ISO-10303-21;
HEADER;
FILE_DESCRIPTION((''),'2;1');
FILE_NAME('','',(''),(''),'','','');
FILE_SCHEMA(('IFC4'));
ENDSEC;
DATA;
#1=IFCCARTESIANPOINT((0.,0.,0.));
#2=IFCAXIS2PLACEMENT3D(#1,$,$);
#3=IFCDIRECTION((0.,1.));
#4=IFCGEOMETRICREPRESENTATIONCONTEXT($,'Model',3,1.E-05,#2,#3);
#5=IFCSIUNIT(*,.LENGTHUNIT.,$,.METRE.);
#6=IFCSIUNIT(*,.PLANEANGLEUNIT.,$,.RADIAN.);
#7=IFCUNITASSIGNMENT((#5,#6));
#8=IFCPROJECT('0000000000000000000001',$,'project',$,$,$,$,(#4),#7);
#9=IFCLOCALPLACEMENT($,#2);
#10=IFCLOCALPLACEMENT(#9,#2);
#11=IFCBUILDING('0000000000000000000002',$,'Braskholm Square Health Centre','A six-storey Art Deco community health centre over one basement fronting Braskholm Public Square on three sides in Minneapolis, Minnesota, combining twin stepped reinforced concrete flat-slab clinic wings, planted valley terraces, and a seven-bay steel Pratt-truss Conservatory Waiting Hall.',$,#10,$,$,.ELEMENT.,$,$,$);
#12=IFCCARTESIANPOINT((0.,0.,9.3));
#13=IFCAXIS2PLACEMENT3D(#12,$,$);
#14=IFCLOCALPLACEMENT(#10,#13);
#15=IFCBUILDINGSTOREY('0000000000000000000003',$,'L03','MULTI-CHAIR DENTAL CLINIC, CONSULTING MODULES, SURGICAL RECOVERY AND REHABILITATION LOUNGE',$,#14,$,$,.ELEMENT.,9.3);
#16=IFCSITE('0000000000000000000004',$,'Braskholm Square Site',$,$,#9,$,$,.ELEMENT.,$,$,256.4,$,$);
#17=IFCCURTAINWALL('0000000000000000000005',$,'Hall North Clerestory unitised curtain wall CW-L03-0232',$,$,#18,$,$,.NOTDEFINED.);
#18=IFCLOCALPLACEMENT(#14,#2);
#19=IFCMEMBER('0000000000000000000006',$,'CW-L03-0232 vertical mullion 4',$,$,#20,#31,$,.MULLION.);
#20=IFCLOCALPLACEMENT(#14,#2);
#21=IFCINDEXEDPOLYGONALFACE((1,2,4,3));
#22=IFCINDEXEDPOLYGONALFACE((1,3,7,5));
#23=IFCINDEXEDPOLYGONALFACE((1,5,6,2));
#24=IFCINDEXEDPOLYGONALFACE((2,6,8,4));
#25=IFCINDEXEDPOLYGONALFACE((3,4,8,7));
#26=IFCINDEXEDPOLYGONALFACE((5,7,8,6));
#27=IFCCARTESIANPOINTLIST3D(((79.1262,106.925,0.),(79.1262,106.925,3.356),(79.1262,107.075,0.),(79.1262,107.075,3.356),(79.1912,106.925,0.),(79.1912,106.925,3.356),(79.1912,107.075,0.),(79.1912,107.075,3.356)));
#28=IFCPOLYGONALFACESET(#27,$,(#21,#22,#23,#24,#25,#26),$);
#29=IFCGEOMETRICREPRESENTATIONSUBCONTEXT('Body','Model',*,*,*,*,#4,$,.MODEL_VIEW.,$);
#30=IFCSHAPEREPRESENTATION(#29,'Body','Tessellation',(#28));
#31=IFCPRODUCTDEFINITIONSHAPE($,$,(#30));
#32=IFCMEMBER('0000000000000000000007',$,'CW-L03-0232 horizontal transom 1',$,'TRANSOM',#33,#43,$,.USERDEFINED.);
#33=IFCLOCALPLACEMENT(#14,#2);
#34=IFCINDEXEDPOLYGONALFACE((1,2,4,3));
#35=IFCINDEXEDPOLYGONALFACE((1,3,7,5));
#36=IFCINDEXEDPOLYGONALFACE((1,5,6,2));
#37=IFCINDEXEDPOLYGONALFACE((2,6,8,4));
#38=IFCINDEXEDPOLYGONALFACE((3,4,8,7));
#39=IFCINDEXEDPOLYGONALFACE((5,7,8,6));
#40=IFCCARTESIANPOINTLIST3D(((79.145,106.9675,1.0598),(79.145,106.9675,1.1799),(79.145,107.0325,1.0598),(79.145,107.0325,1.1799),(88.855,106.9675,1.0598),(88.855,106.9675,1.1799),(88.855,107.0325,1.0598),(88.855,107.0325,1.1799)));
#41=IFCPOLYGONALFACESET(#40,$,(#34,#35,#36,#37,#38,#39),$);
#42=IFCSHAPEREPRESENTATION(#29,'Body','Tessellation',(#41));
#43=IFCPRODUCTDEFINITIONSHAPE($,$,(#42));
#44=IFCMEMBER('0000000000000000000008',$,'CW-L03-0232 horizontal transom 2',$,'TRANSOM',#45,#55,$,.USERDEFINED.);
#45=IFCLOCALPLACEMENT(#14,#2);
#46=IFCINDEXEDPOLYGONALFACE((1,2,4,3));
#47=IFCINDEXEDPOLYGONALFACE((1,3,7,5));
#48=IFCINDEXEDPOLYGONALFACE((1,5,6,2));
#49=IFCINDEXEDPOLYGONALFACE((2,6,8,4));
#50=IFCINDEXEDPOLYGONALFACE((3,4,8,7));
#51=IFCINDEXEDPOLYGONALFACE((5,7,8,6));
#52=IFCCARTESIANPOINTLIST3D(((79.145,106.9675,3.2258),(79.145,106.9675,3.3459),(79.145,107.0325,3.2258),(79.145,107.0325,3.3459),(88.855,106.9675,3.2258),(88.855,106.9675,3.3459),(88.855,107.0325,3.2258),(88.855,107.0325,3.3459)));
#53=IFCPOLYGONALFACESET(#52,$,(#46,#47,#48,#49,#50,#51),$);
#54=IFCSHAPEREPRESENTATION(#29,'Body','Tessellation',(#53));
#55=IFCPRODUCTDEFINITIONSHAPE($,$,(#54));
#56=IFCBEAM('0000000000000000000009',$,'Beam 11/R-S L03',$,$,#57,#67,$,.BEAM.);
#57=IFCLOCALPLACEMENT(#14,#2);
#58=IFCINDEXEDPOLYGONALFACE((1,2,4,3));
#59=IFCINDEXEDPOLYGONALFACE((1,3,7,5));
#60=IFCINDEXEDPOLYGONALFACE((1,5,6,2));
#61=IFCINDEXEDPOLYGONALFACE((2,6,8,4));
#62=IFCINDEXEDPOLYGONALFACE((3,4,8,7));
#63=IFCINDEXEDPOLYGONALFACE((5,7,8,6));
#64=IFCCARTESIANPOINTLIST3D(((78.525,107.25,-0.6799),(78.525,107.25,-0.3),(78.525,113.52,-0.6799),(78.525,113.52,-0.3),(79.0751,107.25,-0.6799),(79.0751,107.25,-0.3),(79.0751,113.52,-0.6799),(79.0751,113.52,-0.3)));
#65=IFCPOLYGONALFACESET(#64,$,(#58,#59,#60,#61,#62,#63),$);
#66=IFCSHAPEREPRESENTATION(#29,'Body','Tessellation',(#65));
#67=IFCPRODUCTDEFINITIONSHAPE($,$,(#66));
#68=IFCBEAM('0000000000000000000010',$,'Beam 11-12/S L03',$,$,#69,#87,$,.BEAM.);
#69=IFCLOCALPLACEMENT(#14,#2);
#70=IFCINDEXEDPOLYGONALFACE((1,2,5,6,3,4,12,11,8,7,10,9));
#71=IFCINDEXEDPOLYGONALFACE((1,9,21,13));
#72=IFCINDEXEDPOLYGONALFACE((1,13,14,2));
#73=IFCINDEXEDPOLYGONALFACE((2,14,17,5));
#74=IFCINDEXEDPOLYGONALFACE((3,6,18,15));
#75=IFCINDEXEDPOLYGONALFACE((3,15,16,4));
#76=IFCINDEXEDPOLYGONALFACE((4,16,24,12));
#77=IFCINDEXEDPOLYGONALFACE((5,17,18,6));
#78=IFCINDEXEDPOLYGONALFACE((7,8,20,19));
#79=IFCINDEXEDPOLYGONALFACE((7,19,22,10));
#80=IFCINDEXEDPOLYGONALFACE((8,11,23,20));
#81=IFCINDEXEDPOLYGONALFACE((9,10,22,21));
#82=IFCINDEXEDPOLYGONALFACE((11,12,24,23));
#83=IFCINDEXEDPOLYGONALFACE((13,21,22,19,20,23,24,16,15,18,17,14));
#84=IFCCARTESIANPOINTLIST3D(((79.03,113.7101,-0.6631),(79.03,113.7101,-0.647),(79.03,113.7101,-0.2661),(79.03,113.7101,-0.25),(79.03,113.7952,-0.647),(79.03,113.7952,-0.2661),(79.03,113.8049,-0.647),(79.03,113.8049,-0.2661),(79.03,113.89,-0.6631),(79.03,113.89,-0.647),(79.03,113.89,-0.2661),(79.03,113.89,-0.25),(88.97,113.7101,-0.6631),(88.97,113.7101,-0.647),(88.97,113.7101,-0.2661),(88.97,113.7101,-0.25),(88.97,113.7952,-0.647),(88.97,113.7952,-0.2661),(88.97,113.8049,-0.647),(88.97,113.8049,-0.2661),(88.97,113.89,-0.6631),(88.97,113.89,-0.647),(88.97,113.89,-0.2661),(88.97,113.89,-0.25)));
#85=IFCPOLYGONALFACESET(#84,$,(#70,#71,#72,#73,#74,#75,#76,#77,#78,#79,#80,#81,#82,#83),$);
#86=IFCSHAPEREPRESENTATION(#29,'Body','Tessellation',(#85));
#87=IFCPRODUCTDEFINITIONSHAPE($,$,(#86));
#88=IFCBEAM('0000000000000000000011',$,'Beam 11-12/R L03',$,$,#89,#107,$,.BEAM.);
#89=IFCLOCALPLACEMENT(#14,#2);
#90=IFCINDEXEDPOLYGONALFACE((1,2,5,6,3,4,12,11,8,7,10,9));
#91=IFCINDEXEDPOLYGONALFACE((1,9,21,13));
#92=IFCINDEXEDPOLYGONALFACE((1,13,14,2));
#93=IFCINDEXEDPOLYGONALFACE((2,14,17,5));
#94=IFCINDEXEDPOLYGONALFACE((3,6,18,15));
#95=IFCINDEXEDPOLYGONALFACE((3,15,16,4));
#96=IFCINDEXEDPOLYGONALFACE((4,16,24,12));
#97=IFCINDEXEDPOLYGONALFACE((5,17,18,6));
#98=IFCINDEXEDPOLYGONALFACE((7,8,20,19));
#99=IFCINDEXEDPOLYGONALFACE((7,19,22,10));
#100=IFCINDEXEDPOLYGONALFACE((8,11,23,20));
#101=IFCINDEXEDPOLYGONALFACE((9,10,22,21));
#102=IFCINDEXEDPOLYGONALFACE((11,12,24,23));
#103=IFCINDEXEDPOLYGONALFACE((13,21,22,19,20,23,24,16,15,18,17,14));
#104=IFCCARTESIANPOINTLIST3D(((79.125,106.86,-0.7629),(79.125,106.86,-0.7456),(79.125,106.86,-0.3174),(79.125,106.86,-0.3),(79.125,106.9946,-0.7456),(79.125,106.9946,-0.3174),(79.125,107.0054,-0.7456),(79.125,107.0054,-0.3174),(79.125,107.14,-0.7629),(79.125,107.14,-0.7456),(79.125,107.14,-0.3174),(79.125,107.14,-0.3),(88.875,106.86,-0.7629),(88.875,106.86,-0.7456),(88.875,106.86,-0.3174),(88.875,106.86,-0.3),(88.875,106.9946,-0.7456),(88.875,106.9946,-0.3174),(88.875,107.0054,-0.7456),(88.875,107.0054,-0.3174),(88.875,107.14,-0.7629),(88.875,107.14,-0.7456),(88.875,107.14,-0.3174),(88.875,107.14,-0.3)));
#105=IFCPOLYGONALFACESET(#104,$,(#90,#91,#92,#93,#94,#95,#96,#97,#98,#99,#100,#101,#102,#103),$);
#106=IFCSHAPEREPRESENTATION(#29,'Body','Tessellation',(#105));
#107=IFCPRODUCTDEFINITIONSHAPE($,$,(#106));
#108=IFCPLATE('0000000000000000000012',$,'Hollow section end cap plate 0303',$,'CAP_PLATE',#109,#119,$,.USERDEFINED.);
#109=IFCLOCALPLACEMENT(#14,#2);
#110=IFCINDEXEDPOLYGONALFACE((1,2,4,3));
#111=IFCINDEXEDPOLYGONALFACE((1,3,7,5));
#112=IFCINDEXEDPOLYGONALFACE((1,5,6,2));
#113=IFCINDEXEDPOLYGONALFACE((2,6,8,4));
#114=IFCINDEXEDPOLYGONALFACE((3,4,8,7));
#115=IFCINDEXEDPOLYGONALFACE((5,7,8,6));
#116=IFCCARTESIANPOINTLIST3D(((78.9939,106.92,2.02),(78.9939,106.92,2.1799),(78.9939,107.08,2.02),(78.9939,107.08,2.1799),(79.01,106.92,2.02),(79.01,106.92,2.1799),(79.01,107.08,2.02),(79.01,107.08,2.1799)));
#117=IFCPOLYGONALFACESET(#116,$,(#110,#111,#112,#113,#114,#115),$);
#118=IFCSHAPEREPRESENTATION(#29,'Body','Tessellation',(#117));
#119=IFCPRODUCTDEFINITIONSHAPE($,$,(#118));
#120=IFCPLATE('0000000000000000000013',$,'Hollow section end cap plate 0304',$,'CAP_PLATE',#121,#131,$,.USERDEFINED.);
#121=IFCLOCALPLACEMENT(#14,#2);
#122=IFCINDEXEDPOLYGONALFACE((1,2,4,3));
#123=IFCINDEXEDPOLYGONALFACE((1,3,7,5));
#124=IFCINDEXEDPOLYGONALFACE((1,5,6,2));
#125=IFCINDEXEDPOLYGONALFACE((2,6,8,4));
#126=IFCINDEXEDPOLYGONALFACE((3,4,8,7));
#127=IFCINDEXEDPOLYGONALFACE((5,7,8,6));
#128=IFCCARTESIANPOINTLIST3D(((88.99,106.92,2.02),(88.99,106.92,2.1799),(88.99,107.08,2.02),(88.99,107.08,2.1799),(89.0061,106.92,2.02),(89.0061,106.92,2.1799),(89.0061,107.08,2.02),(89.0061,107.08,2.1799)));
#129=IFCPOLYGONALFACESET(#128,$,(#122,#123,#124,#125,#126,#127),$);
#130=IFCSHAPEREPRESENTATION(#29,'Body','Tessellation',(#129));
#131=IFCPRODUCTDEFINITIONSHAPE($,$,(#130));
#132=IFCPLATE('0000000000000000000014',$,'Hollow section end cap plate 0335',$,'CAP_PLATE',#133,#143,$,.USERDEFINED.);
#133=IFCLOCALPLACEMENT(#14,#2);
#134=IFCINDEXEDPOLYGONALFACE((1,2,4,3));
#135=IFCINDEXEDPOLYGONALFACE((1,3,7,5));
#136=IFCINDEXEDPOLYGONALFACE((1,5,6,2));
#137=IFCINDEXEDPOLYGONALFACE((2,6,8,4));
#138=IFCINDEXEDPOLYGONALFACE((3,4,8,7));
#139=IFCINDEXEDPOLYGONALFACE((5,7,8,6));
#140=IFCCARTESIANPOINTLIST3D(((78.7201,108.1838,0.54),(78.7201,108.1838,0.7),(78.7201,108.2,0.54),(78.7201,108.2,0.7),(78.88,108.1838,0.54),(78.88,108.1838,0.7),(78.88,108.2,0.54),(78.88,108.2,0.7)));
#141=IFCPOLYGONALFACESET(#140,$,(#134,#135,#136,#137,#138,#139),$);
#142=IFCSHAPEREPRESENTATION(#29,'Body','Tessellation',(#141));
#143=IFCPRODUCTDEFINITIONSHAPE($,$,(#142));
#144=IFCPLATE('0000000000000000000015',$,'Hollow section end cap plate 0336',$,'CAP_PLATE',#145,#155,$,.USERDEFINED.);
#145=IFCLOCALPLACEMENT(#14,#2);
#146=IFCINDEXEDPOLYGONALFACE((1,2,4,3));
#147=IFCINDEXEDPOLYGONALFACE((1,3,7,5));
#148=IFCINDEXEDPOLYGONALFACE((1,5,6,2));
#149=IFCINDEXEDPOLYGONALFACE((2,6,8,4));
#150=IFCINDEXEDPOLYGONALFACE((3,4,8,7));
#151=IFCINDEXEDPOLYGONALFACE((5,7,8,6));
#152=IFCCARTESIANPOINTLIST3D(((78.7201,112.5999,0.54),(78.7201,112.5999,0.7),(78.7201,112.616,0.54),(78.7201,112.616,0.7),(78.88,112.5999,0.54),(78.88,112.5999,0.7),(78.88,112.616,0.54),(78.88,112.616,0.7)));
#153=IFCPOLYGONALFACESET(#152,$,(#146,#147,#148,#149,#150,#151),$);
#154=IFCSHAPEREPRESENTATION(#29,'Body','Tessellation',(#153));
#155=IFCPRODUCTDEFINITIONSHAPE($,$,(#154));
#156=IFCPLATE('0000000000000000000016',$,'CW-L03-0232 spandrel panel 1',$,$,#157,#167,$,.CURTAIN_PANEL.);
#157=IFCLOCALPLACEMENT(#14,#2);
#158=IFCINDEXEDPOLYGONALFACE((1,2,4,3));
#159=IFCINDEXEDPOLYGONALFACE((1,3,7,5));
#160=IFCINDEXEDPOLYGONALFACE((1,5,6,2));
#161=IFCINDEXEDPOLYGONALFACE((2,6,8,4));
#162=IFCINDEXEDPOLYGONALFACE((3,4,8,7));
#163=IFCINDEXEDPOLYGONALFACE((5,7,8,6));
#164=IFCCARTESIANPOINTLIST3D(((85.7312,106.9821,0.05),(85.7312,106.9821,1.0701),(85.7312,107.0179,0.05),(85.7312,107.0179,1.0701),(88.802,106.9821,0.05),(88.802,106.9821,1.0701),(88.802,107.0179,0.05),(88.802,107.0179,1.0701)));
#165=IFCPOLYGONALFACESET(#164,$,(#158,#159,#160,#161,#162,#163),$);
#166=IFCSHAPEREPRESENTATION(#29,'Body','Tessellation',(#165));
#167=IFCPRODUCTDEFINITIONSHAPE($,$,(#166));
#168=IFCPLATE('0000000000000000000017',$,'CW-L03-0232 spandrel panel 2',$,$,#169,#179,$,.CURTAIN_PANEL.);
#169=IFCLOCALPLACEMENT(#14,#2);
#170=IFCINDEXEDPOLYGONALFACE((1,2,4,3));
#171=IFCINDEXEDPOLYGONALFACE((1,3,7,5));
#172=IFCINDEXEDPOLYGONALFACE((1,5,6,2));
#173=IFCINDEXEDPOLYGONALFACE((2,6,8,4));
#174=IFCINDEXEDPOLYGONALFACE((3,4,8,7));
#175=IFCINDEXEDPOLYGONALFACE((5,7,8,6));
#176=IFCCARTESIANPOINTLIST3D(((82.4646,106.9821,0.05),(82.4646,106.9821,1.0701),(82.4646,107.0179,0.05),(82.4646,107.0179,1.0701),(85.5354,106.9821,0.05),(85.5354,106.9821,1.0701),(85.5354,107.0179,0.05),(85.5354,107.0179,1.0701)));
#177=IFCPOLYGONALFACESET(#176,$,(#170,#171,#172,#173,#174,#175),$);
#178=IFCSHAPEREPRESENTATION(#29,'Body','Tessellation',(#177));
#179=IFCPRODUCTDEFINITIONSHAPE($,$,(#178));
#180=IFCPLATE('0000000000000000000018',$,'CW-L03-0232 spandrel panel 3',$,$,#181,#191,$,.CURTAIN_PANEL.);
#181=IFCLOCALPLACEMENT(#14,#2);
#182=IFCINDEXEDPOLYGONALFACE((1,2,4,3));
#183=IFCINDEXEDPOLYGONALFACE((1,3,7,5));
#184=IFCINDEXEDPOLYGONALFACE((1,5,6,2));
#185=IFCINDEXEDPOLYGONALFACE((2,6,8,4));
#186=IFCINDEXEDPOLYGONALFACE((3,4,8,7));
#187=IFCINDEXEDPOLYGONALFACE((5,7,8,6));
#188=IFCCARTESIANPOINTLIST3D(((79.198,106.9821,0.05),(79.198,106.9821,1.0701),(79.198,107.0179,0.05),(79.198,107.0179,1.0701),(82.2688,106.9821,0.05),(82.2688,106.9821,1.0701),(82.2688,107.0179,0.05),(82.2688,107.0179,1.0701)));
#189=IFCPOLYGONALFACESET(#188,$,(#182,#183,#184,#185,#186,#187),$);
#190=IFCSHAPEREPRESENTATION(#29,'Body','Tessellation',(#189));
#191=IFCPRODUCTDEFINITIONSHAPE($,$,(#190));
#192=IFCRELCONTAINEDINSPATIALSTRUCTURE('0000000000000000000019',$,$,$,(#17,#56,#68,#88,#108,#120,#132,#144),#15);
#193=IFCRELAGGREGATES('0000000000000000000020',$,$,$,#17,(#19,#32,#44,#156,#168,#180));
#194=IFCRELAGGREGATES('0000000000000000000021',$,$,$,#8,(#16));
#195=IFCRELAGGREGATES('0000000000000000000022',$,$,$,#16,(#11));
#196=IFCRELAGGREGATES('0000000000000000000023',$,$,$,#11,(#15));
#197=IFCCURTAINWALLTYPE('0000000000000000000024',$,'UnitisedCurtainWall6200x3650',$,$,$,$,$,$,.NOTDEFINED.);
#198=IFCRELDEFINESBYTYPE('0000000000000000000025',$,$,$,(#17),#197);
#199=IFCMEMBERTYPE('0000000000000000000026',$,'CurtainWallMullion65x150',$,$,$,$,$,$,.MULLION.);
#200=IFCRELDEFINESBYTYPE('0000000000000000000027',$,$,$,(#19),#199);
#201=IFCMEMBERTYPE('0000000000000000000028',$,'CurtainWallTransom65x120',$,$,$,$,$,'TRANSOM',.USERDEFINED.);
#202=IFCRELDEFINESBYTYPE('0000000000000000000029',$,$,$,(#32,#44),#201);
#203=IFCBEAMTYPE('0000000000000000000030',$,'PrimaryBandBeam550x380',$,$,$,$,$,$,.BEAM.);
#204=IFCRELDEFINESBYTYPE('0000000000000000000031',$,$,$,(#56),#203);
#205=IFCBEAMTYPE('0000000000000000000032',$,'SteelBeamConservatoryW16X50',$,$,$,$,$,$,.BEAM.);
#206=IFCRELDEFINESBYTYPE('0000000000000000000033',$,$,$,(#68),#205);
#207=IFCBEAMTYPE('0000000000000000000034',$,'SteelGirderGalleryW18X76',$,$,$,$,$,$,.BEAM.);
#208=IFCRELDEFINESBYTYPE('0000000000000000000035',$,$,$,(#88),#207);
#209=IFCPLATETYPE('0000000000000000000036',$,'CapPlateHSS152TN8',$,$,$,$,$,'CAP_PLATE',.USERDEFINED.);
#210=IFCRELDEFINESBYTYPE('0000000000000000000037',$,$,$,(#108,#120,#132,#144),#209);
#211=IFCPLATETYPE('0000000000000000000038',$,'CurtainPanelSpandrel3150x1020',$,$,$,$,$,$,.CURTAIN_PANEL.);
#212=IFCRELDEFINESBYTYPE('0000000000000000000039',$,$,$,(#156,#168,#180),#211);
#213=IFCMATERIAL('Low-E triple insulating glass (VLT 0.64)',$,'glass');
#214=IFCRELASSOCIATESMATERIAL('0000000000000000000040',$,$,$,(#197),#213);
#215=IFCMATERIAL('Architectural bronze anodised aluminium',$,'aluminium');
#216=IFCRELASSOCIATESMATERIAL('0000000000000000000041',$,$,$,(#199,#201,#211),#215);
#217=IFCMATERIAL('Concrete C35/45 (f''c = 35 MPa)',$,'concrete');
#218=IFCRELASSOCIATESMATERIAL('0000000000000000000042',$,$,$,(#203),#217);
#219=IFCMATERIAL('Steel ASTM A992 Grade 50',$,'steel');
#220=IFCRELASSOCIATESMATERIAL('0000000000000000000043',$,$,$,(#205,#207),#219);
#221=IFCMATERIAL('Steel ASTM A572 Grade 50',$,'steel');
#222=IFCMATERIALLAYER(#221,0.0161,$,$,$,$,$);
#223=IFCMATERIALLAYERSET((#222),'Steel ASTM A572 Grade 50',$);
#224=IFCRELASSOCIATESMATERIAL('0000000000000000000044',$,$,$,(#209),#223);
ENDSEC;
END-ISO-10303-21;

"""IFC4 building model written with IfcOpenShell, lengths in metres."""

from ifc_helpers import new_model, si_unit, direction, frame, origin, origin_2d, place, context, subcontext, project, spatial, rectangle, i_section, extrude, material, layer, layer_set, material_profile, profile_set, type_object, element, aggregate, save


model = new_model("IFC4")

# Units and contexts
model_context = context("Model", 3, precision=1e-05, world=origin(), true_north=direction((0.0, 1.0)))
body_context = subcontext(model_context, "Body", "Model", "MODEL_VIEW")
ifc_project = project(units=[si_unit("LENGTHUNIT", "METRE"), si_unit("PLANEANGLEUNIT", "RADIAN")], contexts=[model_context])

# Site, building, storey
site_placement = place(None, origin())
site = spatial("IfcSite", under=ifc_project, at=site_placement, Name="Braskholm Square Site", CompositionType="ELEMENT", RefElevation=256.4)
building_placement = place(site_placement, origin())
building = spatial("IfcBuilding", under=site, at=building_placement, Name="Braskholm Square Health Centre", Description="A six-storey Art Deco community health centre over one basement fronting Braskholm Public Square on three sides in Minneapolis, Minnesota, combining twin stepped reinforced concrete flat-slab clinic wings, planted valley terraces, and a seven-bay steel Pratt-truss Conservatory Waiting Hall.", CompositionType="ELEMENT")
storey_placement = place(building_placement, frame((0.0, 0.0, 9.3)))
storey = spatial("IfcBuildingStorey", under=building, at=storey_placement, Name="L03", Description="MULTI-CHAIR DENTAL CLINIC, CONSULTING MODULES, SURGICAL RECOVERY AND REHABILITATION LOUNGE", CompositionType="ELEMENT", Elevation=9.3)

# Curtain wall, members
ifc_material_1 = material(Name="Low-E triple insulating glass (VLT 0.64)", Category="glass")
curtain_wall_type = type_object("IfcCurtainWallType", Name="UnitisedCurtainWall6200x3650", PredefinedType="NOTDEFINED", material=ifc_material_1)
curtain_wall_placement = place(storey_placement, origin())
curtain_wall = element("IfcCurtainWall", 1, at=curtain_wall_placement, inside=storey, type_object=curtain_wall_type, Name="Hall North Clerestory unitised curtain wall CW-L03-0232", PredefinedType="NOTDEFINED")
ifc_material_2 = material(Name="Architectural bronze anodised aluminium", Category="aluminium")
ifc_material_profile_1 = material_profile(ifc_material_2, rectangle(XDim=0.0649, YDim=0.1499, at=origin_2d()), Name="ALU-65X150")
ifc_profile_set_1 = profile_set([ifc_material_profile_1], Name="Architectural bronze anodised aluminium")
member_type_1 = type_object("IfcMemberType", Name="CurtainWallMullion65x150", PredefinedType="MULLION", material=ifc_profile_set_1)
member_1_placement = place(storey_placement, frame((79.1587, 107.0, 0.0), z_axis=(0.0, 0.0, 1.0), x_axis=(1.0, 0.0, 0.0)))
member_1 = element("IfcMember", 2, at=member_1_placement, type_object=member_type_1, Name="CW-L03-0232 vertical mullion 4", PredefinedType="MULLION", context=body_context, shape_type="SweptSolid", body=[
    extrude(rectangle(XDim=0.0649, YDim=0.1499, at=origin_2d()), origin(), (0.0, 0.0, 1.0), 3.356),
])
ifc_material_profile_2 = material_profile(ifc_material_2, rectangle(XDim=0.0649, YDim=0.1201, at=origin_2d()), Name="ALU-65X120")
ifc_profile_set_2 = profile_set([ifc_material_profile_2], Name="Architectural bronze anodised aluminium")
member_type_2 = type_object("IfcMemberType", Name="CurtainWallTransom65x120", ElementType="TRANSOM", PredefinedType="USERDEFINED", material=ifc_profile_set_2)
member_2_placement = place(storey_placement, frame((88.855, 107.0, 1.1199), z_axis=(-1.0, 0.0, 0.0), x_axis=(0.0, -1.0, 0.0)))
member_2 = element("IfcMember", 3, at=member_2_placement, type_object=member_type_2, Name="CW-L03-0232 horizontal transom 1", ObjectType="TRANSOM", PredefinedType="USERDEFINED", context=body_context, shape_type="SweptSolid", body=[
    extrude(rectangle(XDim=0.0649, YDim=0.1201, at=origin_2d()), origin(), (0.0, 0.0, 1.0), 9.71),
])
member_3_placement = place(storey_placement, frame((88.855, 107.0, 3.2859), z_axis=(-1.0, 0.0, 0.0), x_axis=(0.0, -1.0, 0.0)))
member_3 = element("IfcMember", 4, at=member_3_placement, type_object=member_type_2, Name="CW-L03-0232 horizontal transom 2", ObjectType="TRANSOM", PredefinedType="USERDEFINED", context=body_context, shape_type="SweptSolid", body=[
    extrude(rectangle(XDim=0.0649, YDim=0.1201, at=origin_2d()), origin(), (0.0, 0.0, 1.0), 9.71),
])

# Beams
ifc_material_3 = material(Name="Concrete C35/45 (f'c = 35 MPa)", Category="concrete")
ifc_material_profile_3 = material_profile(ifc_material_3, rectangle(XDim=0.55, YDim=0.3799, at=origin_2d()), Name="RCB-550X380")
ifc_profile_set_3 = profile_set([ifc_material_profile_3], Name="Concrete C35/45 (f'c = 35 MPa)")
beam_type_1 = type_object("IfcBeamType", Name="PrimaryBandBeam550x380", PredefinedType="BEAM", material=ifc_profile_set_3)
beam_1_placement = place(storey_placement, frame((78.8, 107.25, -0.49), z_axis=(0.0, 1.0, 0.0), x_axis=(-1.0, 0.0, 0.0)))
element("IfcBeam", 5, at=beam_1_placement, inside=storey, type_object=beam_type_1, Name="Beam 11/R-S L03", PredefinedType="BEAM", context=body_context, shape_type="SweptSolid", body=[
    extrude(rectangle(XDim=0.55, YDim=0.3799, at=origin_2d()), origin(), (0.0, 0.0, 1.0), 6.27),
])
ifc_material_4 = material(Name="Steel ASTM A992 Grade 50", Category="steel")
ifc_material_profile_4 = material_profile(ifc_material_4, i_section(OverallWidth=0.1799, OverallDepth=0.4131, WebThickness=0.0098, FlangeThickness=0.0161, at=origin_2d()), Name="W16X50")
ifc_profile_set_4 = profile_set([ifc_material_profile_4], Name="Steel ASTM A992 Grade 50")
beam_type_2 = type_object("IfcBeamType", Name="SteelBeamConservatoryW16X50", PredefinedType="BEAM", material=ifc_profile_set_4)
beam_2_placement = place(storey_placement, frame((79.03, 113.8, -0.4565), z_axis=(1.0, 0.0, 0.0), x_axis=(0.0, 1.0, 0.0)))
element("IfcBeam", 6, at=beam_2_placement, inside=storey, type_object=beam_type_2, Name="Beam 11-12/S L03", PredefinedType="BEAM", context=body_context, shape_type="SweptSolid", body=[
    extrude(i_section(OverallWidth=0.1799, OverallDepth=0.4131, WebThickness=0.0098, FlangeThickness=0.0161, at=origin_2d()), origin(), (0.0, 0.0, 1.0), 9.9399),
])
ifc_material_profile_5 = material_profile(ifc_material_4, i_section(OverallWidth=0.28, OverallDepth=0.4629, WebThickness=0.0107, FlangeThickness=0.0173, at=origin_2d()), Name="W18X76")
ifc_profile_set_5 = profile_set([ifc_material_profile_5], Name="Steel ASTM A992 Grade 50")
beam_type_3 = type_object("IfcBeamType", Name="SteelGirderGalleryW18X76", PredefinedType="BEAM", material=ifc_profile_set_5)
beam_3_placement = place(storey_placement, frame((79.125, 107.0, -0.5315), z_axis=(1.0, 0.0, 0.0), x_axis=(0.0, 1.0, 0.0)))
element("IfcBeam", 7, at=beam_3_placement, inside=storey, type_object=beam_type_3, Name="Beam 11-12/R L03", PredefinedType="BEAM", context=body_context, shape_type="SweptSolid", body=[
    extrude(i_section(OverallWidth=0.28, OverallDepth=0.4629, WebThickness=0.0107, FlangeThickness=0.0173, at=origin_2d()), origin(), (0.0, 0.0, 1.0), 9.75),
])

# Plates
ifc_material_5 = material(Name="Steel ASTM A572 Grade 50", Category="steel")
ifc_layer_1 = layer(ifc_material_5, 0.0161)
ifc_layer_set_1 = layer_set([ifc_layer_1], Name="Steel ASTM A572 Grade 50")
plate_type_1 = type_object("IfcPlateType", Name="CapPlateHSS152TN8", ElementType="CAP_PLATE", PredefinedType="USERDEFINED", material=ifc_layer_set_1)
for number, where, z_axis, x_axis, name in (
    (8, (79.002, 107.0, 2.02), (0.0, 0.0, 1.0), (1.0, 0.0, 0.0), "Hollow section end cap plate 0303"),
    (9, (88.998, 107.0, 2.02), (0.0, 0.0, 1.0), (1.0, 0.0, 0.0), "Hollow section end cap plate 0304"),
    (10, (78.8, 108.1919, 0.54), (0.0, 0.0, 1.0), (0.0, 1.0, 0.0), "Hollow section end cap plate 0335"),
    (11, (78.8, 112.6079, 0.54), (0.0, 0.0, 1.0), (0.0, 1.0, 0.0), "Hollow section end cap plate 0336"),
):
    element("IfcPlate", number, at=place(storey_placement, frame(where, z_axis=z_axis, x_axis=x_axis)), inside=storey, type_object=plate_type_1, Name=name, ObjectType="CAP_PLATE", PredefinedType="USERDEFINED", context=body_context, shape_type="SweptSolid", body=[
        extrude(rectangle(XDim=0.0161, YDim=0.1599, at=origin_2d()), origin(), (0.0, 0.0, 1.0), 0.1599),
    ])

# Plates
plate_type_2 = type_object("IfcPlateType", Name="CurtainPanelSpandrel3150x1020", PredefinedType="CURTAIN_PANEL", material=ifc_material_2)
plate_1_placement = place(storey_placement, frame((87.2666, 107.0, 0.05), z_axis=(0.0, 0.0, 1.0), x_axis=(-1.0, 0.0, 0.0)))
plate_1 = element("IfcPlate", 12, at=plate_1_placement, type_object=plate_type_2, Name="CW-L03-0232 spandrel panel 1", PredefinedType="CURTAIN_PANEL", context=body_context, shape_type="SweptSolid", body=[
    extrude(rectangle(XDim=3.0708, YDim=0.0359, at=origin_2d()), origin(), (0.0, 0.0, 1.0), 1.02),
])
plate_2_placement = place(storey_placement, frame((84.0, 107.0, 0.05), z_axis=(0.0, 0.0, 1.0), x_axis=(-1.0, 0.0, 0.0)))
plate_2 = element("IfcPlate", 13, at=plate_2_placement, type_object=plate_type_2, Name="CW-L03-0232 spandrel panel 2", PredefinedType="CURTAIN_PANEL", context=body_context, shape_type="SweptSolid", body=[
    extrude(rectangle(XDim=3.0708, YDim=0.0359, at=origin_2d()), origin(), (0.0, 0.0, 1.0), 1.02),
])
plate_3_placement = place(storey_placement, frame((80.7334, 107.0, 0.05), z_axis=(0.0, 0.0, 1.0), x_axis=(-1.0, 0.0, 0.0)))
plate_3 = element("IfcPlate", 14, at=plate_3_placement, type_object=plate_type_2, Name="CW-L03-0232 spandrel panel 3", PredefinedType="CURTAIN_PANEL", context=body_context, shape_type="SweptSolid", body=[
    extrude(rectangle(XDim=3.0708, YDim=0.0359, at=origin_2d()), origin(), (0.0, 0.0, 1.0), 1.02),
])
aggregate(curtain_wall, [member_1, member_2, member_3, plate_1, plate_2, plate_3])

save(model, "model.ifc")
